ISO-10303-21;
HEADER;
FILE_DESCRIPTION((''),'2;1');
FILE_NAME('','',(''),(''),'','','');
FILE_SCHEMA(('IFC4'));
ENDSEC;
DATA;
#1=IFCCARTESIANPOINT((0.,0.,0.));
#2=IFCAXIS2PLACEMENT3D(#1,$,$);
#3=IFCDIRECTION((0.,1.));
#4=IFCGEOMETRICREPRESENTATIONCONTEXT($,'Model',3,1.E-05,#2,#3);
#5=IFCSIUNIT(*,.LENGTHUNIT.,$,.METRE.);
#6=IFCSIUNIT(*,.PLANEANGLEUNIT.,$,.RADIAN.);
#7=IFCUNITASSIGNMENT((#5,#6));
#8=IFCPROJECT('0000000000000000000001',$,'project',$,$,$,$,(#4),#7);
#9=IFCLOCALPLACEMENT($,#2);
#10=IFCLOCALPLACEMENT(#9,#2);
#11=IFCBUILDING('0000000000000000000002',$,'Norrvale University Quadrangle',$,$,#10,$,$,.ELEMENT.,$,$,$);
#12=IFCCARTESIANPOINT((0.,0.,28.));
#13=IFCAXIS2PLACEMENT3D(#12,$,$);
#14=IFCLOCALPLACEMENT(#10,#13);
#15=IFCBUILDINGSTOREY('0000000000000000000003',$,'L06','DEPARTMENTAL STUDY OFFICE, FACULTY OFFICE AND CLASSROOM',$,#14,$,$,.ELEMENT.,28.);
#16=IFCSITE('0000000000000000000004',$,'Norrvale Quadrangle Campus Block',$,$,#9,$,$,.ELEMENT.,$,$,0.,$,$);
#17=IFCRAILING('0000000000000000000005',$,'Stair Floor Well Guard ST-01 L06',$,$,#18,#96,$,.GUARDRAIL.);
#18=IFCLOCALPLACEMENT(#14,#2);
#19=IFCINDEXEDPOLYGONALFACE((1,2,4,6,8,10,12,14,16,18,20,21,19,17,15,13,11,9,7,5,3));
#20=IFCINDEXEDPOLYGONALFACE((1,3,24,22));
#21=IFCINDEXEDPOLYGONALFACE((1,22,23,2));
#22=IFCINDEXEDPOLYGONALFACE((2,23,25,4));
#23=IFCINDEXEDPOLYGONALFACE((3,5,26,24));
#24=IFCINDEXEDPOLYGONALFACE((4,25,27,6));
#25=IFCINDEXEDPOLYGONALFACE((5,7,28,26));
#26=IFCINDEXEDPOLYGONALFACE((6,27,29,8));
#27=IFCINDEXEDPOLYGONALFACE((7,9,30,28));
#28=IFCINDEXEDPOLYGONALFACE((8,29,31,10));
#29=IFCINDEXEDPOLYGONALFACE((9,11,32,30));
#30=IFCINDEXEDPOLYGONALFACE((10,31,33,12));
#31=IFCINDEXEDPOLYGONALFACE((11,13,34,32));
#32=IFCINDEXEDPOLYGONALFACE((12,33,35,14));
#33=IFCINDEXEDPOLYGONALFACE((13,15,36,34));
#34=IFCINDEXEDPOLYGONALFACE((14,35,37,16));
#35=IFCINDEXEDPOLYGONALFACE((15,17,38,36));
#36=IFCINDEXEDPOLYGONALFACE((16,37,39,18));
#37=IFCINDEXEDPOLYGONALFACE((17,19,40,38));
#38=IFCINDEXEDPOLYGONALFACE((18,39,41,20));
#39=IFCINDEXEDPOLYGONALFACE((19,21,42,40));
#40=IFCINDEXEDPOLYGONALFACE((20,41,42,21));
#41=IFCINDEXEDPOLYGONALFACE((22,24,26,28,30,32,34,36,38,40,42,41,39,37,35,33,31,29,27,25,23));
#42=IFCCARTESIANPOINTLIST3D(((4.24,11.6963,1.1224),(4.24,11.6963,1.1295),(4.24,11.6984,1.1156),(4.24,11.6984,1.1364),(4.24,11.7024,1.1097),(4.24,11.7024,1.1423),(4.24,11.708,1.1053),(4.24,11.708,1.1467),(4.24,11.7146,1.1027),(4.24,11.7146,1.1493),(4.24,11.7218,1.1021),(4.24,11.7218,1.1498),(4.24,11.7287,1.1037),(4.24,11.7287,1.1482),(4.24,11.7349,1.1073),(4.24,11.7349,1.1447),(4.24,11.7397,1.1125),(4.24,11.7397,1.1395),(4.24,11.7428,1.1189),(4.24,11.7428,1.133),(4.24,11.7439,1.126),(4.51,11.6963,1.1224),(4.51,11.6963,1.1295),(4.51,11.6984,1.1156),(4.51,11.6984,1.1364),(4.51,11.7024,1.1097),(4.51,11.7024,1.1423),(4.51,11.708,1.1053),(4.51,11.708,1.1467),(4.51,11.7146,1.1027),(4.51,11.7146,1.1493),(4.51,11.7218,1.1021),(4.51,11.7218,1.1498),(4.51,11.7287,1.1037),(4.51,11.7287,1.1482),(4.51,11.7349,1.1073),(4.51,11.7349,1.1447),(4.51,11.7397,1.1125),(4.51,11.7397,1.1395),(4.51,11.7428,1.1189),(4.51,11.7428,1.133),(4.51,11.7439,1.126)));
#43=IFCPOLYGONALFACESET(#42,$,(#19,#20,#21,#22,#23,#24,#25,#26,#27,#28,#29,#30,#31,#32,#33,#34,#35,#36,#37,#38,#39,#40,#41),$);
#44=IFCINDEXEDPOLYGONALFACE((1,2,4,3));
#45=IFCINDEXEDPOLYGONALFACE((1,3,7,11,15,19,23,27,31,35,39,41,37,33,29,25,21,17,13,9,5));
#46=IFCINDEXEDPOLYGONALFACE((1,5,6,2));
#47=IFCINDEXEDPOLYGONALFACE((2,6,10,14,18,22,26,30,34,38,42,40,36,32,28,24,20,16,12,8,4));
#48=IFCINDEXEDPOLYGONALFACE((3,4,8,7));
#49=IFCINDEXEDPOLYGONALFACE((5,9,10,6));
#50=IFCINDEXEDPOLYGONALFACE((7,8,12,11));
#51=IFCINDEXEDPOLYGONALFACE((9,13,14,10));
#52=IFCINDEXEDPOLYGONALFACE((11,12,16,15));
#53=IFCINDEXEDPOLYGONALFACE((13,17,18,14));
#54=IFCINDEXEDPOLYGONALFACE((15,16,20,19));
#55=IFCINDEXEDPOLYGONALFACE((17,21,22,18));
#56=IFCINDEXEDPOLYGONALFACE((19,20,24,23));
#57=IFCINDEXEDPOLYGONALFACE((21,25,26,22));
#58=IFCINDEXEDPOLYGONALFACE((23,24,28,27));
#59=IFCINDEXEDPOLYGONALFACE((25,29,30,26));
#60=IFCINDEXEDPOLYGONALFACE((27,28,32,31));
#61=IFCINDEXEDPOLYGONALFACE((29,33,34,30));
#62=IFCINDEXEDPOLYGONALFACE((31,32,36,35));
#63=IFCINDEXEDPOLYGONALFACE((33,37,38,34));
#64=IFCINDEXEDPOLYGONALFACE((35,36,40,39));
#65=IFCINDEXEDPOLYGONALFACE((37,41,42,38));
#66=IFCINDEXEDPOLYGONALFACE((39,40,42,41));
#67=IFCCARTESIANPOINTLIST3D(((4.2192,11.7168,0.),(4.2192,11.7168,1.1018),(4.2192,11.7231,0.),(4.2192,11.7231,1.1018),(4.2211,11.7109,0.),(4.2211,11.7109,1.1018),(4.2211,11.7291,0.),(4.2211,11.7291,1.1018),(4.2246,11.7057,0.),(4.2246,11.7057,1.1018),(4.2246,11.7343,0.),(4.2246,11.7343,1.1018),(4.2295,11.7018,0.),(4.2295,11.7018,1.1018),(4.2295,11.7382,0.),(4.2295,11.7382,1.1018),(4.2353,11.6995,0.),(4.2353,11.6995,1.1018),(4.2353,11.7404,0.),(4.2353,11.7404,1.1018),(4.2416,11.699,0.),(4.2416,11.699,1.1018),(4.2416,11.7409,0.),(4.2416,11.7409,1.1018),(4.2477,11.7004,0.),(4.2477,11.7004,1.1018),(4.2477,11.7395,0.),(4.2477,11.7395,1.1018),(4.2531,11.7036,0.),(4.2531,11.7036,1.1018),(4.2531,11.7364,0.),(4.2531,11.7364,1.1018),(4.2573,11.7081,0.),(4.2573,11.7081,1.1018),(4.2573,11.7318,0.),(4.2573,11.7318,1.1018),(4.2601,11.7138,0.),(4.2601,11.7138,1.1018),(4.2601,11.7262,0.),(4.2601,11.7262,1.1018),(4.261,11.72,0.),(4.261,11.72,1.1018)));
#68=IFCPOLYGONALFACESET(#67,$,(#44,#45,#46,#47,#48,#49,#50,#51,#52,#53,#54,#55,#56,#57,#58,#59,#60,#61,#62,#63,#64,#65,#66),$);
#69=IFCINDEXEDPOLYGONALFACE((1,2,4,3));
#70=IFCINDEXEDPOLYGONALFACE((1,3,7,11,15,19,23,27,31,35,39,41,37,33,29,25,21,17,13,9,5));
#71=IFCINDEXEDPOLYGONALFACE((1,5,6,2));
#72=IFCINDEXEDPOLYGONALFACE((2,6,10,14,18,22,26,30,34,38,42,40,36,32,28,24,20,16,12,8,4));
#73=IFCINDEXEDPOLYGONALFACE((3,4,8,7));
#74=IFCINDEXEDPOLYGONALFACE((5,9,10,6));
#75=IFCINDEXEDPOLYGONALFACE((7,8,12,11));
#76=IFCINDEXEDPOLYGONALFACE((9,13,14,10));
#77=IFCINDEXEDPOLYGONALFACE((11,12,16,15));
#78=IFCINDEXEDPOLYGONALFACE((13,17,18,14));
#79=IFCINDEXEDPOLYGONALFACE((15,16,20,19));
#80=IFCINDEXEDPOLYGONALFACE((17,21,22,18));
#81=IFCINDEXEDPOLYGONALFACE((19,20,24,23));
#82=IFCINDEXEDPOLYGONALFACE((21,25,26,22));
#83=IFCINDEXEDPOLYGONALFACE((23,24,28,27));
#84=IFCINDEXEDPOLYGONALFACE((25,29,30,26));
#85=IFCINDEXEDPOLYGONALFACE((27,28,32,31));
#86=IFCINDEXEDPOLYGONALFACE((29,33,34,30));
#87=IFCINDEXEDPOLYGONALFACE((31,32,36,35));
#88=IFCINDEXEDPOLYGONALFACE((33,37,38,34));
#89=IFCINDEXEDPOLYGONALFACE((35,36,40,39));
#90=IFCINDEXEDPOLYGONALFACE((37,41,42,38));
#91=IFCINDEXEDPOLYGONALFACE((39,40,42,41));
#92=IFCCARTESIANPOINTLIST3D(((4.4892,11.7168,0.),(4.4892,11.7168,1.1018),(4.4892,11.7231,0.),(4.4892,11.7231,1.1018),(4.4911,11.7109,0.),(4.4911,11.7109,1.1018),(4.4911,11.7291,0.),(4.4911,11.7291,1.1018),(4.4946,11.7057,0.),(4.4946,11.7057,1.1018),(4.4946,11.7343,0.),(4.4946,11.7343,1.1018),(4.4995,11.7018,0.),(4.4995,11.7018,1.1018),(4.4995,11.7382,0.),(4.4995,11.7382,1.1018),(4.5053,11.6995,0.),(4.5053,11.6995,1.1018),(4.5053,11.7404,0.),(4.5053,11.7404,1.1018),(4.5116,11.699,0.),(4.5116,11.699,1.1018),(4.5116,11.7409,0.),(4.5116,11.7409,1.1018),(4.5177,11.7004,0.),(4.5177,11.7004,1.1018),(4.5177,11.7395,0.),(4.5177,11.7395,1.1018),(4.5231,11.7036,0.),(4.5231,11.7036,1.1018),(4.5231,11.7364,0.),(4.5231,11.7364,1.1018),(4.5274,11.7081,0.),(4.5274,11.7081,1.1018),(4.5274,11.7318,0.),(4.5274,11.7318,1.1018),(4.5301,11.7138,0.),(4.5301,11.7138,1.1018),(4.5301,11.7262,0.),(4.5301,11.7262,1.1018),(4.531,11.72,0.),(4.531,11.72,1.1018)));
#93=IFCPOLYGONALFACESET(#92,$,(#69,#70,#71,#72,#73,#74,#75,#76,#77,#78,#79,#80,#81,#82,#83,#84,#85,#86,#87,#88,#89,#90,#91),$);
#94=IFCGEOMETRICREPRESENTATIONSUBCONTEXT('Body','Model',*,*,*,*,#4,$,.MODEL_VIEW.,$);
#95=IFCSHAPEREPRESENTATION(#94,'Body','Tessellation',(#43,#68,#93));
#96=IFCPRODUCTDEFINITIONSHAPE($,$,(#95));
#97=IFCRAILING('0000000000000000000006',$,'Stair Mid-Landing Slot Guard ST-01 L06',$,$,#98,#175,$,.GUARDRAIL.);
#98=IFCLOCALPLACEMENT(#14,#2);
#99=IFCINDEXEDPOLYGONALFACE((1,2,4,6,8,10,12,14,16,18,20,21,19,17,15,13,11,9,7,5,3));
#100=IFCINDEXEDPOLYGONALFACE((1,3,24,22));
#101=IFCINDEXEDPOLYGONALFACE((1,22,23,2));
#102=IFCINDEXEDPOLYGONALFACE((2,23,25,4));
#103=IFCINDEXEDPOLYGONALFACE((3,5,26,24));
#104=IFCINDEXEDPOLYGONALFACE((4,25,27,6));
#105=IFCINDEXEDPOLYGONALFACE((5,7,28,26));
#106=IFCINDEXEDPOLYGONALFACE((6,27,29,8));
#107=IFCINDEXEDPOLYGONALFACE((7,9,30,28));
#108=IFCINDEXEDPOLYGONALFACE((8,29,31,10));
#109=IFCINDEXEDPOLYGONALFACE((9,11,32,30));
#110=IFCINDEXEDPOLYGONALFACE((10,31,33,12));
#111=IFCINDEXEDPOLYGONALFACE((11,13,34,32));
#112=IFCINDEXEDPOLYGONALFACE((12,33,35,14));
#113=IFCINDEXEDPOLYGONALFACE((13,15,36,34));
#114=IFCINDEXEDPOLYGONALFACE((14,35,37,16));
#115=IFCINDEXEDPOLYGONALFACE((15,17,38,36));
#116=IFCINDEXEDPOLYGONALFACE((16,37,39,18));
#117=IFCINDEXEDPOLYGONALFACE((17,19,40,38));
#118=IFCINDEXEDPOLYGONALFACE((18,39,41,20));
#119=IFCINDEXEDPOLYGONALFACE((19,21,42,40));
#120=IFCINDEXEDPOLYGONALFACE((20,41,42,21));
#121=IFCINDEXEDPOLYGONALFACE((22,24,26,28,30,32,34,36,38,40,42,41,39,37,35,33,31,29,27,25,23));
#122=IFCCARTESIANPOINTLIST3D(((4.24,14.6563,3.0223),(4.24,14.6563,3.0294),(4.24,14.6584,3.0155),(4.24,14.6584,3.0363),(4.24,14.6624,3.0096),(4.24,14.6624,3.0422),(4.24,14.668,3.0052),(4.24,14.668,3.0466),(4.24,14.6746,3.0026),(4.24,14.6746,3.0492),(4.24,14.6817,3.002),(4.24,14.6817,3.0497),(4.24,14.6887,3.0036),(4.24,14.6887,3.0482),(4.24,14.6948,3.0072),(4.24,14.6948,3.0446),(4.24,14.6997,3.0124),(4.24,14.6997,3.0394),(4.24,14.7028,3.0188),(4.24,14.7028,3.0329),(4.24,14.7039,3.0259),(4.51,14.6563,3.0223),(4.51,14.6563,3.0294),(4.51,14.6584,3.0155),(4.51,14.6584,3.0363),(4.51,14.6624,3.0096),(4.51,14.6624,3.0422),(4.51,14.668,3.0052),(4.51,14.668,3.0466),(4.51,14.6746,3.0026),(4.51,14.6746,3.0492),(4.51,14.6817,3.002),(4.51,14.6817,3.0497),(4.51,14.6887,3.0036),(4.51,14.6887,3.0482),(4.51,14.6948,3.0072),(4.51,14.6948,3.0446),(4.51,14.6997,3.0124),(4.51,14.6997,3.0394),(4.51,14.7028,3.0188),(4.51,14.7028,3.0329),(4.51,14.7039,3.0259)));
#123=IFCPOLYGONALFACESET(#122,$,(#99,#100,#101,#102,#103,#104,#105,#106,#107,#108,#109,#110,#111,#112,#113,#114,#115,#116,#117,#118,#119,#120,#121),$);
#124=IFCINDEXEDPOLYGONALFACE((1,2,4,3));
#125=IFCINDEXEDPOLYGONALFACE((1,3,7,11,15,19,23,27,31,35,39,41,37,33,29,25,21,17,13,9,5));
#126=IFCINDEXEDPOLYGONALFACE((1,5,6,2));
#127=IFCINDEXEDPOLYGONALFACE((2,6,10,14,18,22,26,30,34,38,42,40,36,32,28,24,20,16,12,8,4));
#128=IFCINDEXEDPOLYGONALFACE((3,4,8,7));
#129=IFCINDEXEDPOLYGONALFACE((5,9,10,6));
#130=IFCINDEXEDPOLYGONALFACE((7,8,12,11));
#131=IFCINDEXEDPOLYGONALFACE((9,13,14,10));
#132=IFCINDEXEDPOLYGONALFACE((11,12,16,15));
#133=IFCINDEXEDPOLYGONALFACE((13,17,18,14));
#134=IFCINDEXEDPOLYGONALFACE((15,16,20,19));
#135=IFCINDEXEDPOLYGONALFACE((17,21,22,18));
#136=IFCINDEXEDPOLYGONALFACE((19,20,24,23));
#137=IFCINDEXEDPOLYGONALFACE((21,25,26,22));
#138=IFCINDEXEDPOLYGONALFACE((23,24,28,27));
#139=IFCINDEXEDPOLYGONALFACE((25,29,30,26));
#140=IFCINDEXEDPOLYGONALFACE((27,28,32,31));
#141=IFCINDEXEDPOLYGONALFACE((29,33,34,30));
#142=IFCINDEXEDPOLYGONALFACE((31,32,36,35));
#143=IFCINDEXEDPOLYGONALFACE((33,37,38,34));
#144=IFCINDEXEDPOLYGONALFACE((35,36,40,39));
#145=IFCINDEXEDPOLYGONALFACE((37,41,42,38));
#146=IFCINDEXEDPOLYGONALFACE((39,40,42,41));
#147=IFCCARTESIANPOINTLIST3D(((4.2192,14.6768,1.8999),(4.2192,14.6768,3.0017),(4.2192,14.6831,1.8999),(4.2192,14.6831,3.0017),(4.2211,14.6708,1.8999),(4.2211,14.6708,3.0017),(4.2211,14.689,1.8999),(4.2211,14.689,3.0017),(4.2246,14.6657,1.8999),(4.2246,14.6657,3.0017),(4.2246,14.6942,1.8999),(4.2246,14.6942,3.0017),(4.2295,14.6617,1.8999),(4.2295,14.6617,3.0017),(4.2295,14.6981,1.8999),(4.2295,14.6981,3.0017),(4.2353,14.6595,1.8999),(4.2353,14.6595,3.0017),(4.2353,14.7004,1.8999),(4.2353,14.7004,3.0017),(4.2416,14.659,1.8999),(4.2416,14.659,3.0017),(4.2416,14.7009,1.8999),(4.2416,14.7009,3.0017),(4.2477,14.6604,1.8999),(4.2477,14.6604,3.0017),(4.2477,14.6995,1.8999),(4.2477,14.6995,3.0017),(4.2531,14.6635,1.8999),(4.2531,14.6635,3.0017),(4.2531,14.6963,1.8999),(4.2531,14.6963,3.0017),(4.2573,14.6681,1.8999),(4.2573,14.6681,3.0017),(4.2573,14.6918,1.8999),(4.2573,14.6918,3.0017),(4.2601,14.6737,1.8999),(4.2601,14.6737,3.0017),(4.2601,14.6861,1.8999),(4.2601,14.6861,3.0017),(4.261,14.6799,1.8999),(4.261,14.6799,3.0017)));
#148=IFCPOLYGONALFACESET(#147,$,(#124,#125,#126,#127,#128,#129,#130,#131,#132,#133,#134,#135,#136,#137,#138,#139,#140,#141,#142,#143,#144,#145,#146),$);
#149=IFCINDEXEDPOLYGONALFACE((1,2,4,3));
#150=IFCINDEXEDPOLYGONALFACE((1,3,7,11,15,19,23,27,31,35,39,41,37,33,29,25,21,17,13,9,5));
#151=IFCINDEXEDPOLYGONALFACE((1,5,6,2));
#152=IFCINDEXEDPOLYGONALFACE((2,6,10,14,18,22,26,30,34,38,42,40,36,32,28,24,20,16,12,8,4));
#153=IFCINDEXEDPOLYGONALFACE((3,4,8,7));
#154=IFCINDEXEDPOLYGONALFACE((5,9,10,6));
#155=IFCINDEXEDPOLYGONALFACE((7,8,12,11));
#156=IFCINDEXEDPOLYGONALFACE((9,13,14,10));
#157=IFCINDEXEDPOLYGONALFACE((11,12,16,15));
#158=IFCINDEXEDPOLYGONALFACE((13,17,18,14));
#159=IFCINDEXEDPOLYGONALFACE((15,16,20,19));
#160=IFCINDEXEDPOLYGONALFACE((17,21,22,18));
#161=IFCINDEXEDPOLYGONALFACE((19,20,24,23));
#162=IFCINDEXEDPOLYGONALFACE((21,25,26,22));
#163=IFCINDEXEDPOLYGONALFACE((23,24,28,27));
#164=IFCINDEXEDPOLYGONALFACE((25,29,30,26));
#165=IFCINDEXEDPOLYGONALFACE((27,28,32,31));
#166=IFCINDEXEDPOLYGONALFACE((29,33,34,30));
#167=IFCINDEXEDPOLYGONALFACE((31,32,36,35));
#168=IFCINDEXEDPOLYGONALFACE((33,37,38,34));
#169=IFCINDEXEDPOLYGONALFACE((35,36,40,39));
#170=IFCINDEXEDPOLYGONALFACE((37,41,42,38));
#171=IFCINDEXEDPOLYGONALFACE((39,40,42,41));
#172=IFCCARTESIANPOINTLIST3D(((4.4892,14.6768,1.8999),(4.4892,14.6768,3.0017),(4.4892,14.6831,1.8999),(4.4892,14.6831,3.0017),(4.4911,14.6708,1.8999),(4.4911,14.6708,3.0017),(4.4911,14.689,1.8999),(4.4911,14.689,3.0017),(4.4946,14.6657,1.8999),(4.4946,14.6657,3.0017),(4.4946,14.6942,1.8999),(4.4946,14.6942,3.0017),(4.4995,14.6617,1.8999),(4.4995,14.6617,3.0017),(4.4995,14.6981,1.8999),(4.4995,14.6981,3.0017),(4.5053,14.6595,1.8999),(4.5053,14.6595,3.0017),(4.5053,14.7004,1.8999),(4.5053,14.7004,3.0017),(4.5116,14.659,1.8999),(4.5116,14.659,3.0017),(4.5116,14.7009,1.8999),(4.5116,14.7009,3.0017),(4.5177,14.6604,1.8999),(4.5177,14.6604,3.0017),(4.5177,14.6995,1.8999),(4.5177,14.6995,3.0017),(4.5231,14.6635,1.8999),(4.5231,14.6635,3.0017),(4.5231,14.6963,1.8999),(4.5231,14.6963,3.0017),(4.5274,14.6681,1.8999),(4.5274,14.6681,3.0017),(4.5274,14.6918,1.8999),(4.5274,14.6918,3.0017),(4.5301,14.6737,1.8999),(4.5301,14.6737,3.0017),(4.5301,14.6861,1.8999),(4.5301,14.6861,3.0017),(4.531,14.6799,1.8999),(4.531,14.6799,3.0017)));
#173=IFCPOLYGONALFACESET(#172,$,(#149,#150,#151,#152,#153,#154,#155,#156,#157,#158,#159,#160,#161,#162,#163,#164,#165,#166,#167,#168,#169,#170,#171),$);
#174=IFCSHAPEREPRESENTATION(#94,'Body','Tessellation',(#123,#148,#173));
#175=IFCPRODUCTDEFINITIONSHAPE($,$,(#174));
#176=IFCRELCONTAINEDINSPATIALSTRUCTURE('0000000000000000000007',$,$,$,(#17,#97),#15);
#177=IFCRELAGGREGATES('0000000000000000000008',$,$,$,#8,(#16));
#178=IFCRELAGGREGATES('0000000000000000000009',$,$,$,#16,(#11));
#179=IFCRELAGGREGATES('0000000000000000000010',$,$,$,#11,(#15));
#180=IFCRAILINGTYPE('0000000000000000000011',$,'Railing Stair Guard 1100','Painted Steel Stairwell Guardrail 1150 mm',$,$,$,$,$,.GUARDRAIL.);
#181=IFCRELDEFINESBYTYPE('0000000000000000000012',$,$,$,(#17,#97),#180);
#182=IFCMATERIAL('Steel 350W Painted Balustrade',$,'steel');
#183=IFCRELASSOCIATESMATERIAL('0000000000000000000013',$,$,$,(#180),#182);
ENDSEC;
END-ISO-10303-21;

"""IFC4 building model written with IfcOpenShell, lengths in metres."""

from ifc_helpers import new_model, si_unit, direction, frame, origin, origin_2d, place, context, subcontext, project, spatial, circle, extrude, material, type_object, element, save


model = new_model("IFC4")

# Units and contexts
model_context = context("Model", 3, precision=1e-05, world=origin(), true_north=direction((0.0, 1.0)))
body_context = subcontext(model_context, "Body", "Model", "MODEL_VIEW")
ifc_project = project(units=[si_unit("LENGTHUNIT", "METRE"), si_unit("PLANEANGLEUNIT", "RADIAN")], contexts=[model_context])

# Site, building, storey
site_placement = place(None, origin())
site = spatial("IfcSite", under=ifc_project, at=site_placement, Name="Norrvale Quadrangle Campus Block", CompositionType="ELEMENT", RefElevation=0.0)
building_placement = place(site_placement, origin())
building = spatial("IfcBuilding", under=site, at=building_placement, Name="Norrvale University Quadrangle", CompositionType="ELEMENT")
storey_placement = place(building_placement, frame((0.0, 0.0, 28.0)))
storey = spatial("IfcBuildingStorey", under=building, at=storey_placement, Name="L06", Description="DEPARTMENTAL STUDY OFFICE, FACULTY OFFICE AND CLASSROOM", CompositionType="ELEMENT", Elevation=28.0)

# Railings
ifc_material_1 = material(Name="Steel 350W Painted Balustrade", Category="steel")
railing_type_1 = type_object("IfcRailingType", Name="Railing Stair Guard 1100", Description="Painted Steel Stairwell Guardrail 1150 mm", PredefinedType="GUARDRAIL", material=ifc_material_1)
for number, where, name in (
    (1, (4.24, 11.72, 0.0), "Stair Floor Well Guard ST-01 L06"),
    (2, (4.24, 14.6799, 1.8999), "Stair Mid-Landing Slot Guard ST-01 L06"),
):
    element("IfcRailing", number, at=place(storey_placement, frame(where)), inside=storey, type_object=railing_type_1, Name=name, PredefinedType="GUARDRAIL", context=body_context, shape_type="SweptSolid", body=[
        extrude(circle(Radius=0.0239, at=origin_2d()), frame((0.0, 0.0, 1.126), z_axis=(1.0, 0.0, 0.0), x_axis=(0.0, 1.0, 0.0)), (0.0, 0.0, 1.0), 0.27),
        extrude(circle(Radius=0.021, at=origin_2d()), origin(), (0.0, 0.0, 1.0), 1.1018),
        extrude(circle(Radius=0.021, at=origin_2d()), frame((0.27, 0.0, 0.0)), (0.0, 0.0, 1.0), 1.1018),
    ])

save(model, "model.ifc")
